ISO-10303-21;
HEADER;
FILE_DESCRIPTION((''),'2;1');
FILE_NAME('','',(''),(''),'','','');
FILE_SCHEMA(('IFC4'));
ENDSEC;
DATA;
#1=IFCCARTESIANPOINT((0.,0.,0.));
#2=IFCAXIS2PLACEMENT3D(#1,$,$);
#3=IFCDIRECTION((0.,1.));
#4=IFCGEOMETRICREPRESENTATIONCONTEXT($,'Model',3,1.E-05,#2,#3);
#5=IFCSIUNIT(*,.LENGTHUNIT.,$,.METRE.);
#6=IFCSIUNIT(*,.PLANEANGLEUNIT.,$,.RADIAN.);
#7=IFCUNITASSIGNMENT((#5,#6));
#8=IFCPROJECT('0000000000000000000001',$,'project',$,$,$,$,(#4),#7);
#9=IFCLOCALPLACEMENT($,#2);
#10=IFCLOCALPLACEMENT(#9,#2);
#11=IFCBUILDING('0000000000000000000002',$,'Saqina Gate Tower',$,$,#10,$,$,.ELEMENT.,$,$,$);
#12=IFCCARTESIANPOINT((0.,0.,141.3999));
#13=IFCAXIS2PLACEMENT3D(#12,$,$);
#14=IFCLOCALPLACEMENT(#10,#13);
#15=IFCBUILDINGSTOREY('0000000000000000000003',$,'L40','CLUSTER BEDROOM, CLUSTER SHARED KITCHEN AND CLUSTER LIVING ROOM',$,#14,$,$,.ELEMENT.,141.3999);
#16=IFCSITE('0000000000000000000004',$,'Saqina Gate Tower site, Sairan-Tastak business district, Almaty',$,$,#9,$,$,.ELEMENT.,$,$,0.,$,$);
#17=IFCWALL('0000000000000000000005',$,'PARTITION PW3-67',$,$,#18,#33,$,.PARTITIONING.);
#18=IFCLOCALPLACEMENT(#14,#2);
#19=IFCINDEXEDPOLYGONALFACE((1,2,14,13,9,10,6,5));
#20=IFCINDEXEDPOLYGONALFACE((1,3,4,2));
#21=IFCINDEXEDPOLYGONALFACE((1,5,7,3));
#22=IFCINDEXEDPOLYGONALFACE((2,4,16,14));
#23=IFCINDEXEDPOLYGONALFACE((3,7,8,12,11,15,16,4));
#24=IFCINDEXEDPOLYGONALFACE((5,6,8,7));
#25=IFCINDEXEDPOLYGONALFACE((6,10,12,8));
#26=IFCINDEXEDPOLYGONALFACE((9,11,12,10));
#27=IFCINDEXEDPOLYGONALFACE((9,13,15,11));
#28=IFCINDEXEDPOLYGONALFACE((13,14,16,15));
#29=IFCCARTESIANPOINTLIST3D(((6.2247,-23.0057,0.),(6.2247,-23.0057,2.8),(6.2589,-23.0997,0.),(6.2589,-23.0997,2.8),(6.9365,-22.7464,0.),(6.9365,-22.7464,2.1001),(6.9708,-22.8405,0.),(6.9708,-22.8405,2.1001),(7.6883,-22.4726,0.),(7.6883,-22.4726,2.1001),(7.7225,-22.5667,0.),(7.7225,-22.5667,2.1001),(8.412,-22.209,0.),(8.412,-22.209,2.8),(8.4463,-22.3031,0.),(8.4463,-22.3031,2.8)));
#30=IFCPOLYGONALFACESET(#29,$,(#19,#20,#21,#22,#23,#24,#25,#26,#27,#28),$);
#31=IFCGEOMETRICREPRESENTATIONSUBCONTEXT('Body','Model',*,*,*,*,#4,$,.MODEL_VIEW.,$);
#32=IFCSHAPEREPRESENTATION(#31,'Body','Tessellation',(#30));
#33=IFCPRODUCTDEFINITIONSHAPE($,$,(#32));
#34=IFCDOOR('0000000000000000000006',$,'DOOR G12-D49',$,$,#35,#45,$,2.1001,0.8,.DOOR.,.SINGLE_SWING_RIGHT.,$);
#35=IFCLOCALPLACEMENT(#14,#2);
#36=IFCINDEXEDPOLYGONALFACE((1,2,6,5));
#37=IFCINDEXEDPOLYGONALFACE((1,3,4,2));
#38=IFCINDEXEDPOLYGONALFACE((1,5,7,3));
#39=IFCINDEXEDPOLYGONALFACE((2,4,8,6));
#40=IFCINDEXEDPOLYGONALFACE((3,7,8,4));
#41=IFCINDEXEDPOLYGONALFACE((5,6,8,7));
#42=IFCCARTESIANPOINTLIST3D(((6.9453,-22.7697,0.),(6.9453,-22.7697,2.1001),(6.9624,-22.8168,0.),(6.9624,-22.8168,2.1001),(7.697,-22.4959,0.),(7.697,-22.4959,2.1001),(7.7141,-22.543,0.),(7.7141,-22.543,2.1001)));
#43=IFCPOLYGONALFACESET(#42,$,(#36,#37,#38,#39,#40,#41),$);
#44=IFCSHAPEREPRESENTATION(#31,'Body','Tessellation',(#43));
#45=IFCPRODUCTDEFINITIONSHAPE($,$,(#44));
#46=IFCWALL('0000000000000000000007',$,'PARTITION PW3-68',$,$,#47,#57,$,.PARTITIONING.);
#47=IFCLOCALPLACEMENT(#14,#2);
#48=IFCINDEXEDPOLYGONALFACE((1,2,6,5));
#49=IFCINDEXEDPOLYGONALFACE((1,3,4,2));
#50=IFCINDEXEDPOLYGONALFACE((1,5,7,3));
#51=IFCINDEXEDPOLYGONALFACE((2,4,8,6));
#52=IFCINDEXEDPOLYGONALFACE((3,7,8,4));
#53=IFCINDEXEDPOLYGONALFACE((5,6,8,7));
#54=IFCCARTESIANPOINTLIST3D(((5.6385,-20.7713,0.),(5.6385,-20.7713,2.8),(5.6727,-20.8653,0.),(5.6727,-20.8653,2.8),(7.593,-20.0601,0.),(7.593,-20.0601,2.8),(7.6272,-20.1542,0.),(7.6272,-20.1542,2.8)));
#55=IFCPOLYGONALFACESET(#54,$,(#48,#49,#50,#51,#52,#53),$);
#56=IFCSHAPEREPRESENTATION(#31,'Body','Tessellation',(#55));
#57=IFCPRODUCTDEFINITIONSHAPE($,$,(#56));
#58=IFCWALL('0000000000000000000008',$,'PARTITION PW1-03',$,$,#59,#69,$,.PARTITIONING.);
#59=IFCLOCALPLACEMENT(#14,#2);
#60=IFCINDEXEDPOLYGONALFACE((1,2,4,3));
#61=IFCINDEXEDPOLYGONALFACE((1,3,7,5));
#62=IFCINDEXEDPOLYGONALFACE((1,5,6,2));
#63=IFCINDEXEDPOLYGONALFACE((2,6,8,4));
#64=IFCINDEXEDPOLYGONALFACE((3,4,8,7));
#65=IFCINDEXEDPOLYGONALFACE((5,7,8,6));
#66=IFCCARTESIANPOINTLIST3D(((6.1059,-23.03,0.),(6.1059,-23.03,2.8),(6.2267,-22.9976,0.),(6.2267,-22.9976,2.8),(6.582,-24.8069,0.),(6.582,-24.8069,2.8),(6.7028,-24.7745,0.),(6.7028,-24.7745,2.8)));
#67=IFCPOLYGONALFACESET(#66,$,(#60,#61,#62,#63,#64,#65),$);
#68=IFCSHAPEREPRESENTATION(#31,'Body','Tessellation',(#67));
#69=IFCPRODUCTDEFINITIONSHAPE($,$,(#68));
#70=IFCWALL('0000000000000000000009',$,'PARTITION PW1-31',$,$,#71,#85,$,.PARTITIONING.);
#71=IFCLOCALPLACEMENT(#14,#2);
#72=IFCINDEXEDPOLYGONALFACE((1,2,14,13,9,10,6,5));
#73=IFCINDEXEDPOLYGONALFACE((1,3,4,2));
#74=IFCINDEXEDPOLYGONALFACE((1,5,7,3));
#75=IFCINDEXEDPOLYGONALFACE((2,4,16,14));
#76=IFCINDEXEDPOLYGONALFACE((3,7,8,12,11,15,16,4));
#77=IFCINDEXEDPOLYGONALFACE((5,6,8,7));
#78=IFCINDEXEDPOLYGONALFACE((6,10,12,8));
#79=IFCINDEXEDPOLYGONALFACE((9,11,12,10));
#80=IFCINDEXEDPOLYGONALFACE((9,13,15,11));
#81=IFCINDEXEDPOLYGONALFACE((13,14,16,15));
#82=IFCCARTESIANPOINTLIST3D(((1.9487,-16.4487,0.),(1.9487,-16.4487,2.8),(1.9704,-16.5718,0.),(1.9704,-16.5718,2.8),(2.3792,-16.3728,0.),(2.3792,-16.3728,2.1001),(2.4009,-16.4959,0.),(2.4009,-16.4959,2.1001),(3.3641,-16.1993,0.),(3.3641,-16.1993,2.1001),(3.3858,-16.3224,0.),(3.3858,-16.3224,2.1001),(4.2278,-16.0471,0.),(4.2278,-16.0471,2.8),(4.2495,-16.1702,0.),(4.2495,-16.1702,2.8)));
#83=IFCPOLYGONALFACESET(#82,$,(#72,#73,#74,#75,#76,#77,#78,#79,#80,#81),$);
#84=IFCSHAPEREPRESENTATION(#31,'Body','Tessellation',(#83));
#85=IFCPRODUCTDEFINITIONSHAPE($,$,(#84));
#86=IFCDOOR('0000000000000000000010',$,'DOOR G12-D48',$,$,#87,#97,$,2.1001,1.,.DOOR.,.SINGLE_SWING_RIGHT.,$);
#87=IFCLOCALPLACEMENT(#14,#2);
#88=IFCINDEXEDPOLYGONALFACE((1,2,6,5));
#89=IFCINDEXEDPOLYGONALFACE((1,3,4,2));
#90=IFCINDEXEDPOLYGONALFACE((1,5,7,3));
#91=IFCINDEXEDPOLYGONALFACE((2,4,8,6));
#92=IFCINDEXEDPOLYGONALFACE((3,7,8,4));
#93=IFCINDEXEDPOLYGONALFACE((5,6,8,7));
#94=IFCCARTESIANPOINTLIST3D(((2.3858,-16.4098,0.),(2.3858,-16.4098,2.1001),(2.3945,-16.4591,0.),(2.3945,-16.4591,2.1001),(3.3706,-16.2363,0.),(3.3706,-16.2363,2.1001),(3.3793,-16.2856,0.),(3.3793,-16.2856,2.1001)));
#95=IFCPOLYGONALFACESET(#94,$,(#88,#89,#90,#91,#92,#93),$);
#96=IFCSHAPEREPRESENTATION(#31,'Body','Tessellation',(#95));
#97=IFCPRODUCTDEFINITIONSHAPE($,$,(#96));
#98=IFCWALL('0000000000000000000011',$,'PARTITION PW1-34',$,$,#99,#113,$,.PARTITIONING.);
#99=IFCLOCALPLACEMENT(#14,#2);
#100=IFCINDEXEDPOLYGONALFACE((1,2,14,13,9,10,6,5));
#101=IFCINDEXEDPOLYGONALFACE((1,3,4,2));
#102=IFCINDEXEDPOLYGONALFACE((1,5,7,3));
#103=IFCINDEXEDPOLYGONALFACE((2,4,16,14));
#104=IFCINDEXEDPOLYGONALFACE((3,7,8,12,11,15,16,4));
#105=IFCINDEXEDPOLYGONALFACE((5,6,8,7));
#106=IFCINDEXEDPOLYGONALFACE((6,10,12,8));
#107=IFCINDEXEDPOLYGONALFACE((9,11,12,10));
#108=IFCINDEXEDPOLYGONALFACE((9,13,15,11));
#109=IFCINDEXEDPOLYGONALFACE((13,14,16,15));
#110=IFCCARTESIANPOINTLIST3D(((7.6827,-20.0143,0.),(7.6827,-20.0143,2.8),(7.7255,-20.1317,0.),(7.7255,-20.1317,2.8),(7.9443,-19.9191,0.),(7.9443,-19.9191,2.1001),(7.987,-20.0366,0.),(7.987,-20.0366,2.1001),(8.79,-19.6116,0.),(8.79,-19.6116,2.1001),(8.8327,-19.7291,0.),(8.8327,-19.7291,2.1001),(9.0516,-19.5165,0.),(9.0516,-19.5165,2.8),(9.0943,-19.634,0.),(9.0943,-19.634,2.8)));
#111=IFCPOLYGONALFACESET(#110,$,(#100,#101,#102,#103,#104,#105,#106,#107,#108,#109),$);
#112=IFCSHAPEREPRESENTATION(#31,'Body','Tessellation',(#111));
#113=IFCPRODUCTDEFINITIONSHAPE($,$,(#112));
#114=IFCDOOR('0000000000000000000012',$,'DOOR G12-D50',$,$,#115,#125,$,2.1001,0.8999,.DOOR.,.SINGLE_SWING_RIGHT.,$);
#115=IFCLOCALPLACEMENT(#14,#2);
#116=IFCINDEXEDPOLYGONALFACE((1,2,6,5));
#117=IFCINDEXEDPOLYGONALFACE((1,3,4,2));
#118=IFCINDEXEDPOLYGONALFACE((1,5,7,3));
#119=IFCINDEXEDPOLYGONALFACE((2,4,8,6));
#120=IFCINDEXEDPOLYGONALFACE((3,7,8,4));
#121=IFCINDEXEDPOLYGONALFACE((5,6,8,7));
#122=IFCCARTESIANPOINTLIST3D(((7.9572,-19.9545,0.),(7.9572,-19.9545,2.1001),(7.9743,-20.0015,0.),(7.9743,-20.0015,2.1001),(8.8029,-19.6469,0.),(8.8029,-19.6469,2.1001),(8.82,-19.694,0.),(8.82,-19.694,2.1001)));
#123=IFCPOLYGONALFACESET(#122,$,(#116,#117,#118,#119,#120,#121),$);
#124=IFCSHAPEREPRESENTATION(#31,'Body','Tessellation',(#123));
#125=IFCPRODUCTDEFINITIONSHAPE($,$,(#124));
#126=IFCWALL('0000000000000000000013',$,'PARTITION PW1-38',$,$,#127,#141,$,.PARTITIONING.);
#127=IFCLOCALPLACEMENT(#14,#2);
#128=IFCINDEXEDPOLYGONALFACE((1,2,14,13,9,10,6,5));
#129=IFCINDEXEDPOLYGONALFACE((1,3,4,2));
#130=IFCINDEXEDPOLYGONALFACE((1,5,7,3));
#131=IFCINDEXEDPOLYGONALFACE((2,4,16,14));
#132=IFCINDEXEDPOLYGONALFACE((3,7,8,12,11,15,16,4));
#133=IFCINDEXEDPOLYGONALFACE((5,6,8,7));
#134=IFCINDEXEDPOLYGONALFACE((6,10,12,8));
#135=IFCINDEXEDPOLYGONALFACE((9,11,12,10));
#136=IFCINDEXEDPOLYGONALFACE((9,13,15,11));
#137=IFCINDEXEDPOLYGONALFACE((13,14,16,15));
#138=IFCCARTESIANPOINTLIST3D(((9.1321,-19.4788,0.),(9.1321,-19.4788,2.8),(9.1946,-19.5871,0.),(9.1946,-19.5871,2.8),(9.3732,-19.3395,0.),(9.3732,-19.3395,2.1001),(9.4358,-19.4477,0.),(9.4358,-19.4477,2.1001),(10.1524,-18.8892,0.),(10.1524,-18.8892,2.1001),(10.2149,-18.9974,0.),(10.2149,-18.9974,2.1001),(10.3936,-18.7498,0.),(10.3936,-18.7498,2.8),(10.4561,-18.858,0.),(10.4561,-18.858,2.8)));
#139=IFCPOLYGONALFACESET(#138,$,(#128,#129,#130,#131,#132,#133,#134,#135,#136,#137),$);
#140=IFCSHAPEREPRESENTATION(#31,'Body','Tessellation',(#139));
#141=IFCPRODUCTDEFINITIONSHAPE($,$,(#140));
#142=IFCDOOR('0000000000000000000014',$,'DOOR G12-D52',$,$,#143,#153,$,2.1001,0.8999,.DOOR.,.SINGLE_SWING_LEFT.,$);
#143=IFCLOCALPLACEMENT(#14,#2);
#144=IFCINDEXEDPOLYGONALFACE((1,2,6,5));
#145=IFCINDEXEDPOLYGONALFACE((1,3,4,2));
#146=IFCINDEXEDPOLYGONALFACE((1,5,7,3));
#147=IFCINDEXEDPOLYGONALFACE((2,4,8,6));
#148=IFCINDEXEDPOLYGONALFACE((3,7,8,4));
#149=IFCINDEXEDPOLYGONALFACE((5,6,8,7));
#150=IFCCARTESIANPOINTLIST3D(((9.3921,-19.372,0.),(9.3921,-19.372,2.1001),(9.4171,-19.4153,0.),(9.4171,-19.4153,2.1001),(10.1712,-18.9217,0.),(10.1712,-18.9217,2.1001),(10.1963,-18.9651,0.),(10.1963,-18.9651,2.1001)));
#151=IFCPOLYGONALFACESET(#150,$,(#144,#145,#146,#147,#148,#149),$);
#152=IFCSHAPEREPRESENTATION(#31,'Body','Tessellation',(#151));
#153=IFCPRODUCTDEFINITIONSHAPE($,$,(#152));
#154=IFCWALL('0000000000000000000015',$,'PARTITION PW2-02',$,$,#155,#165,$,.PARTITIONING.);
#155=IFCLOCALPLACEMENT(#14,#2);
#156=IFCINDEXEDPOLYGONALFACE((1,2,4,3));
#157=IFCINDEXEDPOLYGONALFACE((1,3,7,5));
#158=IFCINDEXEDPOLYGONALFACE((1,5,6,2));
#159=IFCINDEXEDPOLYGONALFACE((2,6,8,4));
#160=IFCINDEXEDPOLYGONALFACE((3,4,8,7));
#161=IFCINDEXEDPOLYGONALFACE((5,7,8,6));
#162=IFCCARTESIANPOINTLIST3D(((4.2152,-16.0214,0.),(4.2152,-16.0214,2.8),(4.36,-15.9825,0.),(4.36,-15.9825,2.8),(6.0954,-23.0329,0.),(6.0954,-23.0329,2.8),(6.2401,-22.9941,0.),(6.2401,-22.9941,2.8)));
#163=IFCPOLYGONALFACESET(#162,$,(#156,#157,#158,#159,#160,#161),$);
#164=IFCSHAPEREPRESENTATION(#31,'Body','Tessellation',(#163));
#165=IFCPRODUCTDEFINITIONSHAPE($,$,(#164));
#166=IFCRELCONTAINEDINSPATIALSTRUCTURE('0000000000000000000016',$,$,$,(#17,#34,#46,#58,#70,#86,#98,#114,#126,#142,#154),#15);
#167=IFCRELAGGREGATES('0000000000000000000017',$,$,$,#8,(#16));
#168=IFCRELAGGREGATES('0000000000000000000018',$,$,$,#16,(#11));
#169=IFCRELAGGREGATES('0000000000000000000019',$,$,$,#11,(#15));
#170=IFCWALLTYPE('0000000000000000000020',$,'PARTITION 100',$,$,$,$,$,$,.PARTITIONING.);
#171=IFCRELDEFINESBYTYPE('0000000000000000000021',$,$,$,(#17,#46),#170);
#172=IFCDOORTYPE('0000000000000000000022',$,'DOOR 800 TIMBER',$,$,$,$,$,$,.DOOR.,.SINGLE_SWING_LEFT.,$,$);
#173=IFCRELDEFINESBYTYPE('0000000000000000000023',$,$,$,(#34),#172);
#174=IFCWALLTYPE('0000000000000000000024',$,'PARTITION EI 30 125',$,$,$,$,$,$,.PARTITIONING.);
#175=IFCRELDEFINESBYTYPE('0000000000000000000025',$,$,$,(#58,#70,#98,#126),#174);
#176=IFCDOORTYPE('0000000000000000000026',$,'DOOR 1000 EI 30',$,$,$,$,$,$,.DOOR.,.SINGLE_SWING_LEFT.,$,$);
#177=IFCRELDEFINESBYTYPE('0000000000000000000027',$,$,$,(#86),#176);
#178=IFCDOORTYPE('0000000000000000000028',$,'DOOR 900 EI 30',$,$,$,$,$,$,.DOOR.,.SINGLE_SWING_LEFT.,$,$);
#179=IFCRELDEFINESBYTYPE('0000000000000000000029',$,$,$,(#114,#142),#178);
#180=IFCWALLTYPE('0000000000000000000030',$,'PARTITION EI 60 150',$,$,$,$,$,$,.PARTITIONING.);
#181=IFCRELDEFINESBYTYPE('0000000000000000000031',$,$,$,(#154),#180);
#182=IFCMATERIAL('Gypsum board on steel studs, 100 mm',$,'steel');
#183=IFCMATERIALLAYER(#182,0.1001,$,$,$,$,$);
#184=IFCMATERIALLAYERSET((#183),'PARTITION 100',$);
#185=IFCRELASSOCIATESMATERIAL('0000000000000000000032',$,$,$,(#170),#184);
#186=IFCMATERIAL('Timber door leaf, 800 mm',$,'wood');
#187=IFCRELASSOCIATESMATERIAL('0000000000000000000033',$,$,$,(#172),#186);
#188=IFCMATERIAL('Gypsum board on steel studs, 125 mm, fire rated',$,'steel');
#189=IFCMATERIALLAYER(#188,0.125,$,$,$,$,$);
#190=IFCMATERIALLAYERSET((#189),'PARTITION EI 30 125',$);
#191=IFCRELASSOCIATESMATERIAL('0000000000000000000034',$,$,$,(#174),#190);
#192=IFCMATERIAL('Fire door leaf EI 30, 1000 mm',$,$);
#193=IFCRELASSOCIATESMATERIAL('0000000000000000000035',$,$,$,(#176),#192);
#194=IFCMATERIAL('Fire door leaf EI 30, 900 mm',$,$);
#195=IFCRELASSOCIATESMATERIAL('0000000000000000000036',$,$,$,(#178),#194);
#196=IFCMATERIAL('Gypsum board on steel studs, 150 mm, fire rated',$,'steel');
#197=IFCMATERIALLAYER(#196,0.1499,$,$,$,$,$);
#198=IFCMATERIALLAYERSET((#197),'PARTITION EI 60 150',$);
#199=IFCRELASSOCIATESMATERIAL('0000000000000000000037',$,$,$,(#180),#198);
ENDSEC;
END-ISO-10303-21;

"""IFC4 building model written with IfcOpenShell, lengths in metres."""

from ifc_helpers import new_model, si_unit, direction, frame, frame_2d, origin, place, context, subcontext, project, spatial, rectangle, extrude, material, layer, layer_set, type_object, element, fill, save


model = new_model("IFC4")

# Units and contexts
model_context = context("Model", 3, precision=1e-05, world=origin(), true_north=direction((0.0, 1.0)))
body_context = subcontext(model_context, "Body", "Model", "MODEL_VIEW")
ifc_project = project(units=[si_unit("LENGTHUNIT", "METRE"), si_unit("PLANEANGLEUNIT", "RADIAN")], contexts=[model_context])

# Site, building, storey
site_placement = place(None, origin())
site = spatial("IfcSite", under=ifc_project, at=site_placement, Name="Saqina Gate Tower site, Sairan-Tastak business district, Almaty", CompositionType="ELEMENT", RefElevation=0.0)
building_placement = place(site_placement, origin())
building = spatial("IfcBuilding", under=site, at=building_placement, Name="Saqina Gate Tower", CompositionType="ELEMENT")
storey_placement = place(building_placement, frame((0.0, 0.0, 141.3999)))
storey = spatial("IfcBuildingStorey", under=building, at=storey_placement, Name="L40", Description="CLUSTER BEDROOM, CLUSTER SHARED KITCHEN AND CLUSTER LIVING ROOM", CompositionType="ELEMENT", Elevation=141.3999)

# Shared definitions
ifc_material_1 = material(Name="Gypsum board on steel studs, 100 mm", Category="steel")
ifc_layer_1 = layer(ifc_material_1, 0.1001)
ifc_layer_set_1 = layer_set([ifc_layer_1], Name="PARTITION 100")
wall_type_1 = type_object("IfcWallType", Name="PARTITION 100", PredefinedType="PARTITIONING", material=ifc_layer_set_1)

# Wall, opening, door
wall_1_placement = place(storey_placement, frame((6.2417, -23.0527, 0.0), z_axis=(0.0, 0.0, 1.0), x_axis=(0.939619, 0.342223, 0.0)))
wall_1 = element("IfcWall", 1, at=wall_1_placement, inside=storey, type_object=wall_type_1, Name="PARTITION PW3-67", PredefinedType="PARTITIONING", context=body_context, shape_type="SweptSolid", body=[
    extrude(rectangle(XDim=2.3279, YDim=0.1001, at=frame_2d((1.1641, 0.0))), origin(), (0.0, 0.0, 1.0), 2.8),
])
opening_1_placement = place(wall_1_placement, frame((0.7578, 0.0, 0.0)))
opening_1 = element("IfcOpeningElement", 2, at=opening_1_placement, cuts=wall_1, PredefinedType="OPENING", context=body_context, shape_type="SweptSolid", body=[
    extrude(rectangle(XDim=0.8, YDim=2.1001, at=frame_2d((0.3999, 1.05))), frame((0.0, 0.062, 0.0), z_axis=(0.0, -1.0, 0.0), x_axis=(1.0, 0.0, 0.0)), (0.0, 0.0, 1.0), 0.124),
])
ifc_material_2 = material(Name="Timber door leaf, 800 mm", Category="wood")
door_type_1 = type_object("IfcDoorType", Name="DOOR 800 TIMBER", OperationType="SINGLE_SWING_LEFT", PredefinedType="DOOR", material=ifc_material_2)
door_1_placement = place(opening_1_placement, frame((0.8, 0.0, 0.0), z_axis=(0.0, 0.0, 1.0), x_axis=(-1.0, 0.0, 0.0)))
door_1 = element("IfcDoor", 3, at=door_1_placement, inside=storey, type_object=door_type_1, Name="DOOR G12-D49", OperationType="SINGLE_SWING_RIGHT", OverallHeight=2.1001, OverallWidth=0.8, PredefinedType="DOOR", context=body_context, shape_type="SweptSolid", body=[
    extrude(rectangle(XDim=0.8, YDim=2.1001, at=frame_2d((0.3999, 1.05))), frame((0.0, 0.0249, 0.0), z_axis=(0.0, -1.0, 0.0), x_axis=(1.0, 0.0, 0.0)), (0.0, 0.0, 1.0), 0.05),
])
fill(opening_1, door_1)

# Walls
wall_2_placement = place(storey_placement, frame((5.6555, -20.8184, 0.0), z_axis=(0.0, 0.0, 1.0), x_axis=(0.939728, 0.341922, 0.0)))
element("IfcWall", 4, at=wall_2_placement, inside=storey, type_object=wall_type_1, Name="PARTITION PW3-68", PredefinedType="PARTITIONING", context=body_context, shape_type="SweptSolid", body=[
    extrude(rectangle(XDim=2.0798, YDim=0.1001, at=frame_2d((1.04, 0.0))), origin(), (0.0, 0.0, 1.0), 2.8),
])
ifc_material_3 = material(Name="Gypsum board on steel studs, 125 mm, fire rated", Category="steel")
ifc_layer_2 = layer(ifc_material_3, 0.125)
ifc_layer_set_2 = layer_set([ifc_layer_2], Name="PARTITION EI 30 125")
wall_type_2 = type_object("IfcWallType", Name="PARTITION EI 30 125", PredefinedType="PARTITIONING", material=ifc_layer_set_2)
wall_3_placement = place(storey_placement, frame((6.1663, -23.0137, 0.0), z_axis=(0.0, 0.0, 1.0), x_axis=(0.258802, -0.96593, 0.0)))
element("IfcWall", 5, at=wall_3_placement, inside=storey, type_object=wall_type_2, Name="PARTITION PW1-03", PredefinedType="PARTITIONING", context=body_context, shape_type="SweptSolid", body=[
    extrude(rectangle(XDim=1.8396, YDim=0.125, at=frame_2d((0.9199, 0.0))), origin(), (0.0, 0.0, 1.0), 2.8),
])

# Walls, openings, doors
wall_4_placement = place(storey_placement, frame((1.9595, -16.5103, 0.0), z_axis=(0.0, 0.0, 1.0), x_axis=(0.984826, 0.173545, 0.0)))
wall_4 = element("IfcWall", 6, at=wall_4_placement, inside=storey, type_object=wall_type_2, Name="PARTITION PW1-31", PredefinedType="PARTITIONING", context=body_context, shape_type="SweptSolid", body=[
    extrude(rectangle(XDim=2.3142, YDim=0.125, at=frame_2d((1.1572, 0.0))), origin(), (0.0, 0.0, 1.0), 2.8),
])
opening_2_placement = place(wall_4_placement, frame((0.4373, 0.0, 0.0)))
opening_2 = element("IfcOpeningElement", 7, at=opening_2_placement, cuts=wall_4, PredefinedType="OPENING", context=body_context, shape_type="SweptSolid", body=[
    extrude(rectangle(XDim=1.0, YDim=2.1001, at=frame_2d((0.5, 1.05))), frame((0.0, 0.0745, 0.0), z_axis=(0.0, -1.0, 0.0), x_axis=(1.0, 0.0, 0.0)), (0.0, 0.0, 1.0), 0.1489),
])
ifc_material_4 = material(Name="Fire door leaf EI 30, 1000 mm")
door_type_2 = type_object("IfcDoorType", Name="DOOR 1000 EI 30", OperationType="SINGLE_SWING_LEFT", PredefinedType="DOOR", material=ifc_material_4)
door_2_placement = place(opening_2_placement, origin())
door_2 = element("IfcDoor", 8, at=door_2_placement, inside=storey, type_object=door_type_2, Name="DOOR G12-D48", OperationType="SINGLE_SWING_RIGHT", OverallHeight=2.1001, OverallWidth=1.0, PredefinedType="DOOR", context=body_context, shape_type="SweptSolid", body=[
    extrude(rectangle(XDim=1.0, YDim=2.1001, at=frame_2d((0.5, 1.05))), frame((0.0, 0.0249, 0.0), z_axis=(0.0, -1.0, 0.0), x_axis=(1.0, 0.0, 0.0)), (0.0, 0.0, 1.0), 0.05),
])
fill(opening_2, door_2)
wall_5_placement = place(storey_placement, frame((7.7041, -20.073, 0.0), z_axis=(0.0, 0.0, 1.0), x_axis=(0.939789, 0.341757, 0.0)))
wall_5 = element("IfcWall", 9, at=wall_5_placement, inside=storey, type_object=wall_type_2, Name="PARTITION PW1-34", PredefinedType="PARTITIONING", context=body_context, shape_type="SweptSolid", body=[
    extrude(rectangle(XDim=1.4565, YDim=0.125, at=frame_2d((0.7283, 0.0))), origin(), (0.0, 0.0, 1.0), 2.8),
])
opening_3_placement = place(wall_5_placement, frame((0.2783, 0.0, 0.0)))
opening_3 = element("IfcOpeningElement", 10, at=opening_3_placement, cuts=wall_5, PredefinedType="OPENING", context=body_context, shape_type="SweptSolid", body=[
    extrude(rectangle(XDim=0.8999, YDim=2.1001, at=frame_2d((0.45, 1.05))), frame((0.0, 0.0745, 0.0), z_axis=(0.0, -1.0, 0.0), x_axis=(1.0, 0.0, 0.0)), (0.0, 0.0, 1.0), 0.1489),
])
ifc_material_5 = material(Name="Fire door leaf EI 30, 900 mm")
door_type_3 = type_object("IfcDoorType", Name="DOOR 900 EI 30", OperationType="SINGLE_SWING_LEFT", PredefinedType="DOOR", material=ifc_material_5)
door_3_placement = place(opening_3_placement, origin())
door_3 = element("IfcDoor", 11, at=door_3_placement, inside=storey, type_object=door_type_3, Name="DOOR G12-D50", OperationType="SINGLE_SWING_RIGHT", OverallHeight=2.1001, OverallWidth=0.8999, PredefinedType="DOOR", context=body_context, shape_type="SweptSolid", body=[
    extrude(rectangle(XDim=0.8999, YDim=2.1001, at=frame_2d((0.45, 1.05))), frame((0.0, 0.0249, 0.0), z_axis=(0.0, -1.0, 0.0), x_axis=(1.0, 0.0, 0.0)), (0.0, 0.0, 1.0), 0.05),
])
fill(opening_3, door_3)
wall_6_placement = place(storey_placement, frame((9.1633, -19.533, 0.0), z_axis=(0.0, 0.0, 1.0), x_axis=(0.86582, 0.500356, 0.0)))
wall_6 = element("IfcWall", 12, at=wall_6_placement, inside=storey, type_object=wall_type_2, Name="PARTITION PW1-38", PredefinedType="PARTITIONING", context=body_context, shape_type="SweptSolid", body=[
    extrude(rectangle(XDim=1.457, YDim=0.125, at=frame_2d((0.7285, 0.0))), origin(), (0.0, 0.0, 1.0), 2.8),
])
opening_4_placement = place(wall_6_placement, frame((0.2786, 0.0, 0.0)))
opening_4 = element("IfcOpeningElement", 13, at=opening_4_placement, cuts=wall_6, PredefinedType="OPENING", context=body_context, shape_type="SweptSolid", body=[
    extrude(rectangle(XDim=0.8999, YDim=2.1001, at=frame_2d((0.45, 1.05))), frame((0.0, 0.0745, 0.0), z_axis=(0.0, -1.0, 0.0), x_axis=(1.0, 0.0, 0.0)), (0.0, 0.0, 1.0), 0.1489),
])
door_4_placement = place(opening_4_placement, origin())
door_4 = element("IfcDoor", 14, at=door_4_placement, inside=storey, type_object=door_type_3, Name="DOOR G12-D52", OperationType="SINGLE_SWING_LEFT", OverallHeight=2.1001, OverallWidth=0.8999, PredefinedType="DOOR", context=body_context, shape_type="SweptSolid", body=[
    extrude(rectangle(XDim=0.8999, YDim=2.1001, at=frame_2d((0.45, 1.05))), frame((0.0, 0.0249, 0.0), z_axis=(0.0, -1.0, 0.0), x_axis=(1.0, 0.0, 0.0)), (0.0, 0.0, 1.0), 0.05),
])
fill(opening_4, door_4)

# Wall
ifc_material_6 = material(Name="Gypsum board on steel studs, 150 mm, fire rated", Category="steel")
ifc_layer_3 = layer(ifc_material_6, 0.1499)
ifc_layer_set_3 = layer_set([ifc_layer_3], Name="PARTITION EI 60 150")
wall_type_3 = type_object("IfcWallType", Name="PARTITION EI 60 150", PredefinedType="PARTITIONING", material=ifc_layer_set_3)
wall_7_placement = place(storey_placement, frame((4.2876, -16.002, 0.0), z_axis=(0.0, 0.0, 1.0), x_axis=(0.259, -0.965877, 0.0)))
element("IfcWall", 15, at=wall_7_placement, inside=storey, type_object=wall_type_3, Name="PARTITION PW2-02", PredefinedType="PARTITIONING", context=body_context, shape_type="SweptSolid", body=[
    extrude(rectangle(XDim=7.2593, YDim=0.1499, at=frame_2d((3.6296, 0.0))), origin(), (0.0, 0.0, 1.0), 2.8),
])

save(model, "model.ifc")
